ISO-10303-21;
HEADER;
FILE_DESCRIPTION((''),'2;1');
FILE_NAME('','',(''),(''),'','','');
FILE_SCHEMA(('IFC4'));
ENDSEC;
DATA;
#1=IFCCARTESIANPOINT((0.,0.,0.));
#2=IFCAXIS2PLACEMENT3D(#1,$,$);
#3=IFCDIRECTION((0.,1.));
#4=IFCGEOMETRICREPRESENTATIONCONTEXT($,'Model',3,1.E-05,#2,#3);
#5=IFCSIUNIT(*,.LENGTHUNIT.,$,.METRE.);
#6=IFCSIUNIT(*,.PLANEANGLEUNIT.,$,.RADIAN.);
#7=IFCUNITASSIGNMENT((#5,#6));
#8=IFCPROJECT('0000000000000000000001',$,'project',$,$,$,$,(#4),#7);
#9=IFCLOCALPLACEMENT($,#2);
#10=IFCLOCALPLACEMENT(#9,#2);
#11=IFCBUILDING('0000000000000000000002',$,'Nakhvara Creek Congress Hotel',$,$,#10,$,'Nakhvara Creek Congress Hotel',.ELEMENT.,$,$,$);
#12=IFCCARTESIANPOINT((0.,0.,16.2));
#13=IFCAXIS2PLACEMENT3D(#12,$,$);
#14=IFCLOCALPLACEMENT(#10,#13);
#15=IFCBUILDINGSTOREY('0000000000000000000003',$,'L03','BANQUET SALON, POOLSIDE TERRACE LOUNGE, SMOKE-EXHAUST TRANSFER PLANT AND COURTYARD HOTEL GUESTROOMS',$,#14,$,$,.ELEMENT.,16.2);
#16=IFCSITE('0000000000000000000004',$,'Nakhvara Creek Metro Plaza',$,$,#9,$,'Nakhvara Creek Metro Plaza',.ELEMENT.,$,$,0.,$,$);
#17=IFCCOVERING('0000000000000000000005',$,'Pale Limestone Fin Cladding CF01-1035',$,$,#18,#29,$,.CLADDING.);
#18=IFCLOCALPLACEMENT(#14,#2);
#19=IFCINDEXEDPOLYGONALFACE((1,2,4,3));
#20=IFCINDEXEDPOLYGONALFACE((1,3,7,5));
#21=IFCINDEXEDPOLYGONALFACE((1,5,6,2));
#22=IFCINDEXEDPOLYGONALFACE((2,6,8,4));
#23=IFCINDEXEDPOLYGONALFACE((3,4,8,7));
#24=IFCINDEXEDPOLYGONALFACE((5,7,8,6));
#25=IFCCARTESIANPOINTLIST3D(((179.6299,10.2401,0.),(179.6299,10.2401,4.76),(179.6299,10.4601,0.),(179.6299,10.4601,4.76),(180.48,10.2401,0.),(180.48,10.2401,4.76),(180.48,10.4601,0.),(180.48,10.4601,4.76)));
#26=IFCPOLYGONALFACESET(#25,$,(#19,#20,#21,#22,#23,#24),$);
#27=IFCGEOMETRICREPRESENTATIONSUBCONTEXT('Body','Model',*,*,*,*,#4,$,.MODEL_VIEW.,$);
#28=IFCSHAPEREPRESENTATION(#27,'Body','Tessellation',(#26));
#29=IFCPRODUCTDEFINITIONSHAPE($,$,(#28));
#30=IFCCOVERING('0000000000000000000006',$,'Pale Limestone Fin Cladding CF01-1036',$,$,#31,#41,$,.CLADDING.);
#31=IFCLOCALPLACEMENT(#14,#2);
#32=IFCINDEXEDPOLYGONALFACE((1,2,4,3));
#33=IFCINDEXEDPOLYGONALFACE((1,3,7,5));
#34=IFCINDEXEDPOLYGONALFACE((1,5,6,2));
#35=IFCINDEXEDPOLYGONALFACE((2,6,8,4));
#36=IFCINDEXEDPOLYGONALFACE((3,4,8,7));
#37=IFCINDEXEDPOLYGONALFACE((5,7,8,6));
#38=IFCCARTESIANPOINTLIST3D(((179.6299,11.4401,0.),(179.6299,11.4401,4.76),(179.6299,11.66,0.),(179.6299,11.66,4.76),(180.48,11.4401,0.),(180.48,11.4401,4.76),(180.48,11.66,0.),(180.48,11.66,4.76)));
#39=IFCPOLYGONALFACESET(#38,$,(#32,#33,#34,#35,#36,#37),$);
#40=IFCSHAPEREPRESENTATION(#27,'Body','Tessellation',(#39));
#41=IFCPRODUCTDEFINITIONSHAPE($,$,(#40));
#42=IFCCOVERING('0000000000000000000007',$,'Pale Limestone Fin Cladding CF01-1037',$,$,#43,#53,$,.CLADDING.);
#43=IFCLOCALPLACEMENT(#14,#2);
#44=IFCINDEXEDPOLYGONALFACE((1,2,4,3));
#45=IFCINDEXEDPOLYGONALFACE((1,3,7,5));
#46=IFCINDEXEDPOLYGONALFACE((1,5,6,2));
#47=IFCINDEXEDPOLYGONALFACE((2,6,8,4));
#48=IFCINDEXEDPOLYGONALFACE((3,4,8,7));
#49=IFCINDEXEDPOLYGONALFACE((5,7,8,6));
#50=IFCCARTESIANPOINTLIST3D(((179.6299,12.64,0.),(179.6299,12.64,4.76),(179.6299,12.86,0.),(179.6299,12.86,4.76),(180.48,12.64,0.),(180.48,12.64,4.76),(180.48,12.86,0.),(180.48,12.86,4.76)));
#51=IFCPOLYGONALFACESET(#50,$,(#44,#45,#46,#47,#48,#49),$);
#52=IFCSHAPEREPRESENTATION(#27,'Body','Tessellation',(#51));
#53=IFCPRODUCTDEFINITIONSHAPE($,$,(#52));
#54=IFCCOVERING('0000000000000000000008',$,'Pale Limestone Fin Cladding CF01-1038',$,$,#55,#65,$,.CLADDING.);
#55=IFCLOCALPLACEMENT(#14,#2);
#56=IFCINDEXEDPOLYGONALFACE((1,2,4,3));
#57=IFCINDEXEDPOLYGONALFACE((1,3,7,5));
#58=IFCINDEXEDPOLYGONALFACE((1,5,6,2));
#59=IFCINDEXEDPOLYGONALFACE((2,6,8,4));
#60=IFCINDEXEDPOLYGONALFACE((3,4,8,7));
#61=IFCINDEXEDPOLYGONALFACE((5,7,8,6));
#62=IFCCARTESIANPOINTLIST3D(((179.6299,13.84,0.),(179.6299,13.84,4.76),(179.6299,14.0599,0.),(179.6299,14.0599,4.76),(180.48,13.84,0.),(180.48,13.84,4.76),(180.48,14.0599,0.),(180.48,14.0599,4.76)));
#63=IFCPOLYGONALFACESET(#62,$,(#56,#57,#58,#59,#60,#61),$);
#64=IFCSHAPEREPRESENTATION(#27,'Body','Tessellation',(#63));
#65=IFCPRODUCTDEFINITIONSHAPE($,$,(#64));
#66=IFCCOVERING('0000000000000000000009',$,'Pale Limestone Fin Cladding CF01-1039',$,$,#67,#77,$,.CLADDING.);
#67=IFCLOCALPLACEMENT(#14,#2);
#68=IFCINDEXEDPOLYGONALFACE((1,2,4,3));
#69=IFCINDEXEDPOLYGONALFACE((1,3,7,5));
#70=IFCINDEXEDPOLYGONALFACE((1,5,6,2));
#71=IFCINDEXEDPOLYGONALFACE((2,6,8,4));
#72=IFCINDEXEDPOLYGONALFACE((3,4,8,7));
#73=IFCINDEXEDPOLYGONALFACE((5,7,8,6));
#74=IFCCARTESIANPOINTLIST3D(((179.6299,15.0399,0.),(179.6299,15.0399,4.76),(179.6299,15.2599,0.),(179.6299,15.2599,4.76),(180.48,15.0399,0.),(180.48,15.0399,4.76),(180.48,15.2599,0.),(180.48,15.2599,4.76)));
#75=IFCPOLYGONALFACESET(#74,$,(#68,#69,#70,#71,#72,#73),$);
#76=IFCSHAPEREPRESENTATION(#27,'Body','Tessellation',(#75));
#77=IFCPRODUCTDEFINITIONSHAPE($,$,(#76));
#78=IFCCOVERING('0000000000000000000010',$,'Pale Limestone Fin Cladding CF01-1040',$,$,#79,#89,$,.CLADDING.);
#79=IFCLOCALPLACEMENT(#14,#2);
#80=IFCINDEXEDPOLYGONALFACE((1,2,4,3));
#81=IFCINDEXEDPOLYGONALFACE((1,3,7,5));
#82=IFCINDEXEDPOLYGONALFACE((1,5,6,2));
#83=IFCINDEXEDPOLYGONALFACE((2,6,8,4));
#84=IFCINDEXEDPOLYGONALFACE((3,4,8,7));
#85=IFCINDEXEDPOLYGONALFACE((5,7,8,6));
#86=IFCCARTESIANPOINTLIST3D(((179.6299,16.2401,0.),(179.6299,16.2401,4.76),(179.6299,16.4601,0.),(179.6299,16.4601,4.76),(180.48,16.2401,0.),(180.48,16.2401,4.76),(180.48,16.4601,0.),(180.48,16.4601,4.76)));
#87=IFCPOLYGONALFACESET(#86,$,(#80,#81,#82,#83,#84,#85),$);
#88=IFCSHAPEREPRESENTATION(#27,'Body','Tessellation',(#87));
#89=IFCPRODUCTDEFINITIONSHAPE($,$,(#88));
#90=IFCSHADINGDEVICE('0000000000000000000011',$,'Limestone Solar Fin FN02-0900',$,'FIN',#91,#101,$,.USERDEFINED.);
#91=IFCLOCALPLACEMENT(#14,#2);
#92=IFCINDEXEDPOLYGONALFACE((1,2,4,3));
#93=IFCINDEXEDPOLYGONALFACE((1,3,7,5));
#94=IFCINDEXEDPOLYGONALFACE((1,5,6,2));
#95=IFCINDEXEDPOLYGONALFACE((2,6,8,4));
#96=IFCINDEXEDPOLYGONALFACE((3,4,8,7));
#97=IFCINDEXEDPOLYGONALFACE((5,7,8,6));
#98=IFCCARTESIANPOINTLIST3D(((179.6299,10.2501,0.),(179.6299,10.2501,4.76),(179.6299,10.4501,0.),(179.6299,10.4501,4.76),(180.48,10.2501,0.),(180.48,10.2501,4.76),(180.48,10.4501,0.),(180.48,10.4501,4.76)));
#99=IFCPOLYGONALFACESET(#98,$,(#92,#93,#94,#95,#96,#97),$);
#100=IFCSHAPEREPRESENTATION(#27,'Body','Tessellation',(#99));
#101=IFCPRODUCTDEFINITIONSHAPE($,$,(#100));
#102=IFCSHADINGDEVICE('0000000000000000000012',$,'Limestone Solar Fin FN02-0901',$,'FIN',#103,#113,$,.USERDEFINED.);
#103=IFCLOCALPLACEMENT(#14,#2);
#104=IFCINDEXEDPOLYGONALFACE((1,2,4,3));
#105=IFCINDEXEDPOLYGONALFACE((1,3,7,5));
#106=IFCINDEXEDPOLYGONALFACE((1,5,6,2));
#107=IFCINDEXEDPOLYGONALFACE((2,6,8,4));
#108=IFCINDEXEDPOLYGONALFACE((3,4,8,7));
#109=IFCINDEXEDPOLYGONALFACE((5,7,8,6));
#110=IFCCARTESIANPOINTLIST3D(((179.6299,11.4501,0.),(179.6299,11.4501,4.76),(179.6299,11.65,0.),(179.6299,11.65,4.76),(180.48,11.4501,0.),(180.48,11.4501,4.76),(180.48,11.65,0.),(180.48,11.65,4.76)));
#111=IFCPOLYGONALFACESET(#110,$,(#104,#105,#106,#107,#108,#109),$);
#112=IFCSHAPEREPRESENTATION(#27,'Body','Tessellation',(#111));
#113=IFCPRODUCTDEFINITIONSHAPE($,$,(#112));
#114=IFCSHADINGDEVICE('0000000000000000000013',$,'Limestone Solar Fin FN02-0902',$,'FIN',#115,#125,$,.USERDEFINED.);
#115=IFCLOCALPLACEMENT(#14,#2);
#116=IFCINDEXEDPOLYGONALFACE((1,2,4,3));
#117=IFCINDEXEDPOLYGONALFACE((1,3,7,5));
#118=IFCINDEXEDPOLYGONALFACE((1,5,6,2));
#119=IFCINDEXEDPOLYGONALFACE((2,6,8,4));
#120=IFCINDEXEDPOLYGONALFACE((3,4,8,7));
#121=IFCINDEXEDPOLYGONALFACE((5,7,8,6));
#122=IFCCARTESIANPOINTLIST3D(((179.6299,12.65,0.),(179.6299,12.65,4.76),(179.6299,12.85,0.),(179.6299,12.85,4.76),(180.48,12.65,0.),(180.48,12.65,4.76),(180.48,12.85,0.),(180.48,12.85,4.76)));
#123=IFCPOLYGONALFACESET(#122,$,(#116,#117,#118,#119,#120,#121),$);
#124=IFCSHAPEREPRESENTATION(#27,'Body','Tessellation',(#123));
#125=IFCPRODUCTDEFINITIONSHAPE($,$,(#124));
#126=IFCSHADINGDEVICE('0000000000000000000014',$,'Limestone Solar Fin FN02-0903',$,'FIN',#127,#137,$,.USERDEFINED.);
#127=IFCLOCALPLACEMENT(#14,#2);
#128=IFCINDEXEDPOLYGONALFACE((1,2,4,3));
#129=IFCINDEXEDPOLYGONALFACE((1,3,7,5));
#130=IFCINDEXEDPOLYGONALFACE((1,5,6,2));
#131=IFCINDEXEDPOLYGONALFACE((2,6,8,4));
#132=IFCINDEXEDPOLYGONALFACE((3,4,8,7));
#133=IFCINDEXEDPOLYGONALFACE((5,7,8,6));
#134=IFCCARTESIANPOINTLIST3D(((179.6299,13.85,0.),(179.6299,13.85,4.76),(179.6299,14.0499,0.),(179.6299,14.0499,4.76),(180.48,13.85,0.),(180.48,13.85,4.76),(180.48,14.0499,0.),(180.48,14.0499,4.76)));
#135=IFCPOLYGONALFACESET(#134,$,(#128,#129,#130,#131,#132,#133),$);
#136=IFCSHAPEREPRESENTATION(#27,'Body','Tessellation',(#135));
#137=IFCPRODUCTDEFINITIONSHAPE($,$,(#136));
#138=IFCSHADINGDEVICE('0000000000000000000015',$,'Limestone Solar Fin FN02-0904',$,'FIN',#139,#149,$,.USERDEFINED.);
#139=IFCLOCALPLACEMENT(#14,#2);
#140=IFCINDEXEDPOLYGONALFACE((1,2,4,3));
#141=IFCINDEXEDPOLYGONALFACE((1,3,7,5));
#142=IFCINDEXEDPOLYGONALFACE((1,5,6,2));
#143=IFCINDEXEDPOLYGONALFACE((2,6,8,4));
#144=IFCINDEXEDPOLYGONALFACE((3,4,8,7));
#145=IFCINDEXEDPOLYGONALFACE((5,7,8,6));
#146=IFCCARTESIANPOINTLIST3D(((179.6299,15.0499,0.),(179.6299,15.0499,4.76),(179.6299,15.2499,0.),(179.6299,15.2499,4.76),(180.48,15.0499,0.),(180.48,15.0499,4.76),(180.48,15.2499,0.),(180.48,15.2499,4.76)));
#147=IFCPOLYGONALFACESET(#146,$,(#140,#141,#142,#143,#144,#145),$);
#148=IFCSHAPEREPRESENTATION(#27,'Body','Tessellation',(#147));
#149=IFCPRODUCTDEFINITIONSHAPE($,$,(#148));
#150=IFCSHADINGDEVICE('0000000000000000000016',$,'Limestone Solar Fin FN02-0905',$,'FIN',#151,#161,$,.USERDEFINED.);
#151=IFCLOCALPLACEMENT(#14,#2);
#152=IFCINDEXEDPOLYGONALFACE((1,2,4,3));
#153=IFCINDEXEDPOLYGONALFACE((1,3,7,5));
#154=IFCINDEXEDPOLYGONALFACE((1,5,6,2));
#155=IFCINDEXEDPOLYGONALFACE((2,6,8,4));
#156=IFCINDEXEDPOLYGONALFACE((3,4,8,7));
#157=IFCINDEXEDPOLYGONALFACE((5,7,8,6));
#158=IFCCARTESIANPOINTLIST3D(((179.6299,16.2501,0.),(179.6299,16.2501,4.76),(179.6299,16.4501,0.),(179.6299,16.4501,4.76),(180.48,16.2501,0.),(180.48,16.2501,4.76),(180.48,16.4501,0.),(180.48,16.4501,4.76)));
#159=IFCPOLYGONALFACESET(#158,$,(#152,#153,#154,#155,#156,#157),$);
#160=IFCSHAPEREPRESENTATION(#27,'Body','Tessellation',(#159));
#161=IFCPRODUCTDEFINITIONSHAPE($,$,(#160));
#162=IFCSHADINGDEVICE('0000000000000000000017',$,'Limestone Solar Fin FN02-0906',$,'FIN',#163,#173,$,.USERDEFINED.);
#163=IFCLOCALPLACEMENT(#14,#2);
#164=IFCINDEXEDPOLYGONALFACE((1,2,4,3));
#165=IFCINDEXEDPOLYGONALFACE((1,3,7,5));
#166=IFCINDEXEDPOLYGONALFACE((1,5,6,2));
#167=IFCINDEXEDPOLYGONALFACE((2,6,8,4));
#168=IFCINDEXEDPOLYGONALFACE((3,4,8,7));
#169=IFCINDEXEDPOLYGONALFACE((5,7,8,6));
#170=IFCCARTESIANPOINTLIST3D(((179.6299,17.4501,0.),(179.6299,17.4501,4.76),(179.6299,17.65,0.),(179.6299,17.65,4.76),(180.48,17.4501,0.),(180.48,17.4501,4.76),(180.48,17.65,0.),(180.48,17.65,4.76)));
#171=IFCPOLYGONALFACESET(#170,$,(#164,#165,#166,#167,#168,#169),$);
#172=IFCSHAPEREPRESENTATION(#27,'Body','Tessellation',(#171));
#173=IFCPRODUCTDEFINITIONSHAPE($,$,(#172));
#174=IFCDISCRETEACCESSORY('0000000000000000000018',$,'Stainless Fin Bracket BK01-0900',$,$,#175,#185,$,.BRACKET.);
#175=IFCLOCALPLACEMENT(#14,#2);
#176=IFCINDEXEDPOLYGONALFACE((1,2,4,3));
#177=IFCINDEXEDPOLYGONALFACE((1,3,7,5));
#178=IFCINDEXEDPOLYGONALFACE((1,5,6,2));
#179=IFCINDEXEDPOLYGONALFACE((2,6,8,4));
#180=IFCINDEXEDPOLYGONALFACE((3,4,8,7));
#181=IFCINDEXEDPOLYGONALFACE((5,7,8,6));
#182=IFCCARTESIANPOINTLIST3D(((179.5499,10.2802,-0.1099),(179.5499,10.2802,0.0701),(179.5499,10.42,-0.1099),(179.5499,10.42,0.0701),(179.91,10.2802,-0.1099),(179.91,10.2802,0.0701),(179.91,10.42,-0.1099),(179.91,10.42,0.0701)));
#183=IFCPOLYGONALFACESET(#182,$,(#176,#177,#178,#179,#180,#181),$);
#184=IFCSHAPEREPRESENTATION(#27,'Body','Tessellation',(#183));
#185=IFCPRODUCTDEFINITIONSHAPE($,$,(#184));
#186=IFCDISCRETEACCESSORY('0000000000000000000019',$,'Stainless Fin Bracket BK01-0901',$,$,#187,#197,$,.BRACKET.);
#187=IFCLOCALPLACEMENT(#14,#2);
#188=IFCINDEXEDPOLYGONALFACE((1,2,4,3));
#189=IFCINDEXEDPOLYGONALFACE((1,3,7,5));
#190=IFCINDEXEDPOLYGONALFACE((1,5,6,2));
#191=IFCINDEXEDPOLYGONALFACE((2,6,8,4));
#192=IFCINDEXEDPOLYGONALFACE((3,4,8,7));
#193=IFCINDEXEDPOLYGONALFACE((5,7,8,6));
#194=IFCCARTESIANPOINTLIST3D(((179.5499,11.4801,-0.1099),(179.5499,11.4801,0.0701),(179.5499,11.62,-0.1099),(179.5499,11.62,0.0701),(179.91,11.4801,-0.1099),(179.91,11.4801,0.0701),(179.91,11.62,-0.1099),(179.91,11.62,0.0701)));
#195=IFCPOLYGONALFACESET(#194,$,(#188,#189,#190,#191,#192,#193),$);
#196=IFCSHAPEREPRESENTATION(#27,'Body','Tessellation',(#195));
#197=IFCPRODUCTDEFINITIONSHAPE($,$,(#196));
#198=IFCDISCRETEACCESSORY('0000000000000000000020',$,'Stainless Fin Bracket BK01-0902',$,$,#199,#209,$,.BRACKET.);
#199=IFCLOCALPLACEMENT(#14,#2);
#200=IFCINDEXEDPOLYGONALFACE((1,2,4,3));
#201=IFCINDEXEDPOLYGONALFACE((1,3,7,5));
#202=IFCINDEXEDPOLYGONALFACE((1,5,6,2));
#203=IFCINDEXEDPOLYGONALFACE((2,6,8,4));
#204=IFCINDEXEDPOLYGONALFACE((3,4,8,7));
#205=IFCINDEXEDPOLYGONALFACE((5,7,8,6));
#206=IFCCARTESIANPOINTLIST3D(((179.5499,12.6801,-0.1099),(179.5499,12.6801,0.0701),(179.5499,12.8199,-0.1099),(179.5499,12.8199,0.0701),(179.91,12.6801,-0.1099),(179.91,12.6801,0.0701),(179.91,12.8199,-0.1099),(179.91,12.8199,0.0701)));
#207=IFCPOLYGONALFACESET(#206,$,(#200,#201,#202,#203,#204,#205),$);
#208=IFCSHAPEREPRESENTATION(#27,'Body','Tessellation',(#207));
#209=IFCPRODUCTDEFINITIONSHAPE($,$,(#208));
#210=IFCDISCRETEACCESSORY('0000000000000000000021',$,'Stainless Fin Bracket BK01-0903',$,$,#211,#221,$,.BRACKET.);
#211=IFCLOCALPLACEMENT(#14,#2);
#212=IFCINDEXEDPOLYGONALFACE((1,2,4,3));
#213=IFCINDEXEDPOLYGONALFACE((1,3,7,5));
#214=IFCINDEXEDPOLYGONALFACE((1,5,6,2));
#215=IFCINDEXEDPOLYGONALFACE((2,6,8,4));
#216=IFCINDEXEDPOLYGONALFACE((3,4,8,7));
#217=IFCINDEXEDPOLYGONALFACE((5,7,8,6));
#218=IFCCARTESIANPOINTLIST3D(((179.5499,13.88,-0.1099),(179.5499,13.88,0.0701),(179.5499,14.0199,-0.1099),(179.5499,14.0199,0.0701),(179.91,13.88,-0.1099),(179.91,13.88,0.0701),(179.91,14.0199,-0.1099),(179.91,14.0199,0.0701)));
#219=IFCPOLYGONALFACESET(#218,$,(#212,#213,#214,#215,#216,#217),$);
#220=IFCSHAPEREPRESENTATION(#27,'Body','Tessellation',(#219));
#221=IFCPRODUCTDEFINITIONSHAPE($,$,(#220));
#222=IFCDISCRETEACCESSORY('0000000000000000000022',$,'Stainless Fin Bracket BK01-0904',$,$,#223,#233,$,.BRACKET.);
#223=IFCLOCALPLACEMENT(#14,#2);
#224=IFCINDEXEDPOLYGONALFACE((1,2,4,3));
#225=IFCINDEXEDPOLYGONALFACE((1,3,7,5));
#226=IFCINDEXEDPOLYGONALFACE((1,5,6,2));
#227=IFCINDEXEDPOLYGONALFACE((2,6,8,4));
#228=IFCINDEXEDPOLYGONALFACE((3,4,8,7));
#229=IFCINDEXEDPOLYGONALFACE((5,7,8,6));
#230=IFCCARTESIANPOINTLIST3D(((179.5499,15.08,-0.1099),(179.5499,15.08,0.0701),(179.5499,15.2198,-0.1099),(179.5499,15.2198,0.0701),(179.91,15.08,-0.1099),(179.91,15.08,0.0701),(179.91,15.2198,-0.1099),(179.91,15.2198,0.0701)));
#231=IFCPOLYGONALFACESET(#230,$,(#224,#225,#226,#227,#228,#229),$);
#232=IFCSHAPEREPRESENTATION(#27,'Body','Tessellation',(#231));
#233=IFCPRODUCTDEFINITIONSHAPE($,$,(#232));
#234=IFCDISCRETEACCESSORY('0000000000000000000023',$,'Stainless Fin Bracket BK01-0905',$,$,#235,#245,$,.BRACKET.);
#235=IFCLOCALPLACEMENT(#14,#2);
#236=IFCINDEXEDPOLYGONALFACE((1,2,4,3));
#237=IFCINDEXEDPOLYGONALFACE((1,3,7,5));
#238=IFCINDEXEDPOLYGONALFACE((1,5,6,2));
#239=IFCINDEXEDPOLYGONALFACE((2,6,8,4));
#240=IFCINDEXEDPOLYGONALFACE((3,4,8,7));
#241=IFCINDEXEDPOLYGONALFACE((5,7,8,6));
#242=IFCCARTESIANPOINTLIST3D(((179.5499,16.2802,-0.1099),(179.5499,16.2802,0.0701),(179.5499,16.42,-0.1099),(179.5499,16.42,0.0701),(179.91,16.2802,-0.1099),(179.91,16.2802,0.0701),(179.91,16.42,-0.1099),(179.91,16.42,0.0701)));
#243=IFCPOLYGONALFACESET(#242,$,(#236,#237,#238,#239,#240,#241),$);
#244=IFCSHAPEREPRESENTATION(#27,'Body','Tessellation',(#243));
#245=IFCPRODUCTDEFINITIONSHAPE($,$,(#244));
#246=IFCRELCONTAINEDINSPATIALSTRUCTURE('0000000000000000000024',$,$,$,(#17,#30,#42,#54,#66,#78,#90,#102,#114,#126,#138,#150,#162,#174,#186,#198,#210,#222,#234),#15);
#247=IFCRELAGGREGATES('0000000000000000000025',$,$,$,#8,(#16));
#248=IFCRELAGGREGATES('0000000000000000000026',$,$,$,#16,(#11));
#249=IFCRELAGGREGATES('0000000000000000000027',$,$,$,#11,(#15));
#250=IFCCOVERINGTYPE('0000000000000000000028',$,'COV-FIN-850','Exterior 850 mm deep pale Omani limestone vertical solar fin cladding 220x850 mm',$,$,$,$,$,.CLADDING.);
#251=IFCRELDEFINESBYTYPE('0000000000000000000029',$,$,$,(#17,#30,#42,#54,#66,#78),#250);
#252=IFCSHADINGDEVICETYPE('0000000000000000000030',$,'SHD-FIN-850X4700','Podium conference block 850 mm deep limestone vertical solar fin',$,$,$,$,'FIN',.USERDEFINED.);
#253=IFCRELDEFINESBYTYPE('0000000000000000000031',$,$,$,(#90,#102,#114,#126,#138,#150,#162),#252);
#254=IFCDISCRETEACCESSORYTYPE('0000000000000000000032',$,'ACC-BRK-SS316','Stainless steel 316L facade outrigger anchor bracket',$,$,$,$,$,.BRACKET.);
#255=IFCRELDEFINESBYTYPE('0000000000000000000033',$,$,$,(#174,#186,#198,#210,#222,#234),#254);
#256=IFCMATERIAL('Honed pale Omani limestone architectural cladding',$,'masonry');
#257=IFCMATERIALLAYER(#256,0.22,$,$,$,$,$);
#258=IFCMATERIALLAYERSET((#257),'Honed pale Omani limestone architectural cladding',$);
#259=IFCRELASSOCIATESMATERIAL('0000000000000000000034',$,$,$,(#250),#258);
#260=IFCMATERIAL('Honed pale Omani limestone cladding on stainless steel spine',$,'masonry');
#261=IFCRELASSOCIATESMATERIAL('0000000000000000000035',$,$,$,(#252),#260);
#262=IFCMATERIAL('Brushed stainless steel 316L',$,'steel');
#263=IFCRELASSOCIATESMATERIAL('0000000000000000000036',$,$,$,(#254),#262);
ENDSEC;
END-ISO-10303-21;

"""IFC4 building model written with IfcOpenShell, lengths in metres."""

from ifc_helpers import new_model, si_unit, direction, frame, origin, origin_2d, place, context, subcontext, project, spatial, rectangle, extrude, material, layer, layer_set, type_object, element, save


model = new_model("IFC4")

# Units and contexts
model_context = context("Model", 3, precision=1e-05, world=origin(), true_north=direction((0.0, 1.0)))
body_context = subcontext(model_context, "Body", "Model", "MODEL_VIEW")
ifc_project = project(units=[si_unit("LENGTHUNIT", "METRE"), si_unit("PLANEANGLEUNIT", "RADIAN")], contexts=[model_context])

# Site, building, storey
site_placement = place(None, origin())
site = spatial("IfcSite", under=ifc_project, at=site_placement, Name="Nakhvara Creek Metro Plaza", LongName="Nakhvara Creek Metro Plaza", CompositionType="ELEMENT", RefElevation=0.0)
building_placement = place(site_placement, origin())
building = spatial("IfcBuilding", under=site, at=building_placement, Name="Nakhvara Creek Congress Hotel", LongName="Nakhvara Creek Congress Hotel", CompositionType="ELEMENT")
storey_placement = place(building_placement, frame((0.0, 0.0, 16.2)))
storey = spatial("IfcBuildingStorey", under=building, at=storey_placement, Name="L03", Description="BANQUET SALON, POOLSIDE TERRACE LOUNGE, SMOKE-EXHAUST TRANSFER PLANT AND COURTYARD HOTEL GUESTROOMS", CompositionType="ELEMENT", Elevation=16.2)

# Coverings
ifc_material_1 = material(Name="Honed pale Omani limestone architectural cladding", Category="masonry")
ifc_layer = layer(ifc_material_1, 0.22)
ifc_layer_set = layer_set([ifc_layer], Name="Honed pale Omani limestone architectural cladding")
covering_type = type_object("IfcCoveringType", Name="COV-FIN-850", Description="Exterior 850 mm deep pale Omani limestone vertical solar fin cladding 220x850 mm", PredefinedType="CLADDING", material=ifc_layer_set)
for number, where, z_axis, x_axis, name in (
    (1, (180.0549, 10.3501, 0.0), (0.0, 0.0, 1.0), (0.0, 1.0, 0.0), "Pale Limestone Fin Cladding CF01-1035"),
    (2, (180.0549, 11.55, 0.0), (0.0, 0.0, 1.0), (0.0, 1.0, 0.0), "Pale Limestone Fin Cladding CF01-1036"),
    (3, (180.0549, 12.75, 0.0), (0.0, 0.0, 1.0), (0.0, 1.0, 0.0), "Pale Limestone Fin Cladding CF01-1037"),
    (4, (180.0549, 13.95, 0.0), (0.0, 0.0, 1.0), (0.0, 1.0, 0.0), "Pale Limestone Fin Cladding CF01-1038"),
    (5, (180.0549, 15.1499, 0.0), (0.0, 0.0, 1.0), (0.0, 1.0, 0.0), "Pale Limestone Fin Cladding CF01-1039"),
    (6, (180.0549, 16.3501, 0.0), (0.0, 0.0, 1.0), (0.0, 1.0, 0.0), "Pale Limestone Fin Cladding CF01-1040"),
):
    element("IfcCovering", number, at=place(storey_placement, frame(where, z_axis=z_axis, x_axis=x_axis)), inside=storey, type_object=covering_type, Name=name, PredefinedType="CLADDING", context=body_context, shape_type="SweptSolid", body=[
        extrude(rectangle(XDim=0.22, YDim=0.8501, at=origin_2d()), origin(), (0.0, 0.0, 1.0), 4.76),
    ])

# Shading devices
ifc_material_2 = material(Name="Honed pale Omani limestone cladding on stainless steel spine", Category="masonry")
shading_device_type = type_object("IfcShadingDeviceType", Name="SHD-FIN-850X4700", Description="Podium conference block 850 mm deep limestone vertical solar fin", ElementType="FIN", PredefinedType="USERDEFINED", material=ifc_material_2)
for number, where, z_axis, x_axis, name in (
    (7, (180.0549, 10.3501, 0.0), (0.0, 0.0, 1.0), (0.0, 1.0, 0.0), "Limestone Solar Fin FN02-0900"),
    (8, (180.0549, 11.55, 0.0), (0.0, 0.0, 1.0), (0.0, 1.0, 0.0), "Limestone Solar Fin FN02-0901"),
    (9, (180.0549, 12.75, 0.0), (0.0, 0.0, 1.0), (0.0, 1.0, 0.0), "Limestone Solar Fin FN02-0902"),
    (10, (180.0549, 13.95, 0.0), (0.0, 0.0, 1.0), (0.0, 1.0, 0.0), "Limestone Solar Fin FN02-0903"),
    (11, (180.0549, 15.1499, 0.0), (0.0, 0.0, 1.0), (0.0, 1.0, 0.0), "Limestone Solar Fin FN02-0904"),
    (12, (180.0549, 16.3501, 0.0), (0.0, 0.0, 1.0), (0.0, 1.0, 0.0), "Limestone Solar Fin FN02-0905"),
    (13, (180.0549, 17.55, 0.0), (0.0, 0.0, 1.0), (0.0, 1.0, 0.0), "Limestone Solar Fin FN02-0906"),
):
    element("IfcShadingDevice", number, at=place(storey_placement, frame(where, z_axis=z_axis, x_axis=x_axis)), inside=storey, type_object=shading_device_type, Name=name, ObjectType="FIN", PredefinedType="USERDEFINED", context=body_context, shape_type="SweptSolid", body=[
        extrude(rectangle(XDim=0.2, YDim=0.8501, at=origin_2d()), origin(), (0.0, 0.0, 1.0), 4.76),
    ])

# Discrete accessories
ifc_material_3 = material(Name="Brushed stainless steel 316L", Category="steel")
discrete_accessory_type = type_object("IfcDiscreteAccessoryType", Name="ACC-BRK-SS316", Description="Stainless steel 316L facade outrigger anchor bracket", PredefinedType="BRACKET", material=ifc_material_3)
for number, where, z_axis, x_axis, name in (
    (14, (179.73, 10.3501, -0.1099), (0.0, 0.0, 1.0), (0.0, 1.0, 0.0), "Stainless Fin Bracket BK01-0900"),
    (15, (179.73, 11.55, -0.1099), (0.0, 0.0, 1.0), (0.0, 1.0, 0.0), "Stainless Fin Bracket BK01-0901"),
    (16, (179.73, 12.75, -0.1099), (0.0, 0.0, 1.0), (0.0, 1.0, 0.0), "Stainless Fin Bracket BK01-0902"),
    (17, (179.73, 13.95, -0.1099), (0.0, 0.0, 1.0), (0.0, 1.0, 0.0), "Stainless Fin Bracket BK01-0903"),
    (18, (179.73, 15.1499, -0.1099), (0.0, 0.0, 1.0), (0.0, 1.0, 0.0), "Stainless Fin Bracket BK01-0904"),
    (19, (179.73, 16.3501, -0.1099), (0.0, 0.0, 1.0), (0.0, 1.0, 0.0), "Stainless Fin Bracket BK01-0905"),
):
    element("IfcDiscreteAccessory", number, at=place(storey_placement, frame(where, z_axis=z_axis, x_axis=x_axis)), inside=storey, type_object=discrete_accessory_type, Name=name, PredefinedType="BRACKET", context=body_context, shape_type="SweptSolid", body=[
        extrude(rectangle(XDim=0.1399, YDim=0.3601, at=origin_2d()), origin(), (0.0, 0.0, 1.0), 0.1799),
    ])

save(model, "model.ifc")
